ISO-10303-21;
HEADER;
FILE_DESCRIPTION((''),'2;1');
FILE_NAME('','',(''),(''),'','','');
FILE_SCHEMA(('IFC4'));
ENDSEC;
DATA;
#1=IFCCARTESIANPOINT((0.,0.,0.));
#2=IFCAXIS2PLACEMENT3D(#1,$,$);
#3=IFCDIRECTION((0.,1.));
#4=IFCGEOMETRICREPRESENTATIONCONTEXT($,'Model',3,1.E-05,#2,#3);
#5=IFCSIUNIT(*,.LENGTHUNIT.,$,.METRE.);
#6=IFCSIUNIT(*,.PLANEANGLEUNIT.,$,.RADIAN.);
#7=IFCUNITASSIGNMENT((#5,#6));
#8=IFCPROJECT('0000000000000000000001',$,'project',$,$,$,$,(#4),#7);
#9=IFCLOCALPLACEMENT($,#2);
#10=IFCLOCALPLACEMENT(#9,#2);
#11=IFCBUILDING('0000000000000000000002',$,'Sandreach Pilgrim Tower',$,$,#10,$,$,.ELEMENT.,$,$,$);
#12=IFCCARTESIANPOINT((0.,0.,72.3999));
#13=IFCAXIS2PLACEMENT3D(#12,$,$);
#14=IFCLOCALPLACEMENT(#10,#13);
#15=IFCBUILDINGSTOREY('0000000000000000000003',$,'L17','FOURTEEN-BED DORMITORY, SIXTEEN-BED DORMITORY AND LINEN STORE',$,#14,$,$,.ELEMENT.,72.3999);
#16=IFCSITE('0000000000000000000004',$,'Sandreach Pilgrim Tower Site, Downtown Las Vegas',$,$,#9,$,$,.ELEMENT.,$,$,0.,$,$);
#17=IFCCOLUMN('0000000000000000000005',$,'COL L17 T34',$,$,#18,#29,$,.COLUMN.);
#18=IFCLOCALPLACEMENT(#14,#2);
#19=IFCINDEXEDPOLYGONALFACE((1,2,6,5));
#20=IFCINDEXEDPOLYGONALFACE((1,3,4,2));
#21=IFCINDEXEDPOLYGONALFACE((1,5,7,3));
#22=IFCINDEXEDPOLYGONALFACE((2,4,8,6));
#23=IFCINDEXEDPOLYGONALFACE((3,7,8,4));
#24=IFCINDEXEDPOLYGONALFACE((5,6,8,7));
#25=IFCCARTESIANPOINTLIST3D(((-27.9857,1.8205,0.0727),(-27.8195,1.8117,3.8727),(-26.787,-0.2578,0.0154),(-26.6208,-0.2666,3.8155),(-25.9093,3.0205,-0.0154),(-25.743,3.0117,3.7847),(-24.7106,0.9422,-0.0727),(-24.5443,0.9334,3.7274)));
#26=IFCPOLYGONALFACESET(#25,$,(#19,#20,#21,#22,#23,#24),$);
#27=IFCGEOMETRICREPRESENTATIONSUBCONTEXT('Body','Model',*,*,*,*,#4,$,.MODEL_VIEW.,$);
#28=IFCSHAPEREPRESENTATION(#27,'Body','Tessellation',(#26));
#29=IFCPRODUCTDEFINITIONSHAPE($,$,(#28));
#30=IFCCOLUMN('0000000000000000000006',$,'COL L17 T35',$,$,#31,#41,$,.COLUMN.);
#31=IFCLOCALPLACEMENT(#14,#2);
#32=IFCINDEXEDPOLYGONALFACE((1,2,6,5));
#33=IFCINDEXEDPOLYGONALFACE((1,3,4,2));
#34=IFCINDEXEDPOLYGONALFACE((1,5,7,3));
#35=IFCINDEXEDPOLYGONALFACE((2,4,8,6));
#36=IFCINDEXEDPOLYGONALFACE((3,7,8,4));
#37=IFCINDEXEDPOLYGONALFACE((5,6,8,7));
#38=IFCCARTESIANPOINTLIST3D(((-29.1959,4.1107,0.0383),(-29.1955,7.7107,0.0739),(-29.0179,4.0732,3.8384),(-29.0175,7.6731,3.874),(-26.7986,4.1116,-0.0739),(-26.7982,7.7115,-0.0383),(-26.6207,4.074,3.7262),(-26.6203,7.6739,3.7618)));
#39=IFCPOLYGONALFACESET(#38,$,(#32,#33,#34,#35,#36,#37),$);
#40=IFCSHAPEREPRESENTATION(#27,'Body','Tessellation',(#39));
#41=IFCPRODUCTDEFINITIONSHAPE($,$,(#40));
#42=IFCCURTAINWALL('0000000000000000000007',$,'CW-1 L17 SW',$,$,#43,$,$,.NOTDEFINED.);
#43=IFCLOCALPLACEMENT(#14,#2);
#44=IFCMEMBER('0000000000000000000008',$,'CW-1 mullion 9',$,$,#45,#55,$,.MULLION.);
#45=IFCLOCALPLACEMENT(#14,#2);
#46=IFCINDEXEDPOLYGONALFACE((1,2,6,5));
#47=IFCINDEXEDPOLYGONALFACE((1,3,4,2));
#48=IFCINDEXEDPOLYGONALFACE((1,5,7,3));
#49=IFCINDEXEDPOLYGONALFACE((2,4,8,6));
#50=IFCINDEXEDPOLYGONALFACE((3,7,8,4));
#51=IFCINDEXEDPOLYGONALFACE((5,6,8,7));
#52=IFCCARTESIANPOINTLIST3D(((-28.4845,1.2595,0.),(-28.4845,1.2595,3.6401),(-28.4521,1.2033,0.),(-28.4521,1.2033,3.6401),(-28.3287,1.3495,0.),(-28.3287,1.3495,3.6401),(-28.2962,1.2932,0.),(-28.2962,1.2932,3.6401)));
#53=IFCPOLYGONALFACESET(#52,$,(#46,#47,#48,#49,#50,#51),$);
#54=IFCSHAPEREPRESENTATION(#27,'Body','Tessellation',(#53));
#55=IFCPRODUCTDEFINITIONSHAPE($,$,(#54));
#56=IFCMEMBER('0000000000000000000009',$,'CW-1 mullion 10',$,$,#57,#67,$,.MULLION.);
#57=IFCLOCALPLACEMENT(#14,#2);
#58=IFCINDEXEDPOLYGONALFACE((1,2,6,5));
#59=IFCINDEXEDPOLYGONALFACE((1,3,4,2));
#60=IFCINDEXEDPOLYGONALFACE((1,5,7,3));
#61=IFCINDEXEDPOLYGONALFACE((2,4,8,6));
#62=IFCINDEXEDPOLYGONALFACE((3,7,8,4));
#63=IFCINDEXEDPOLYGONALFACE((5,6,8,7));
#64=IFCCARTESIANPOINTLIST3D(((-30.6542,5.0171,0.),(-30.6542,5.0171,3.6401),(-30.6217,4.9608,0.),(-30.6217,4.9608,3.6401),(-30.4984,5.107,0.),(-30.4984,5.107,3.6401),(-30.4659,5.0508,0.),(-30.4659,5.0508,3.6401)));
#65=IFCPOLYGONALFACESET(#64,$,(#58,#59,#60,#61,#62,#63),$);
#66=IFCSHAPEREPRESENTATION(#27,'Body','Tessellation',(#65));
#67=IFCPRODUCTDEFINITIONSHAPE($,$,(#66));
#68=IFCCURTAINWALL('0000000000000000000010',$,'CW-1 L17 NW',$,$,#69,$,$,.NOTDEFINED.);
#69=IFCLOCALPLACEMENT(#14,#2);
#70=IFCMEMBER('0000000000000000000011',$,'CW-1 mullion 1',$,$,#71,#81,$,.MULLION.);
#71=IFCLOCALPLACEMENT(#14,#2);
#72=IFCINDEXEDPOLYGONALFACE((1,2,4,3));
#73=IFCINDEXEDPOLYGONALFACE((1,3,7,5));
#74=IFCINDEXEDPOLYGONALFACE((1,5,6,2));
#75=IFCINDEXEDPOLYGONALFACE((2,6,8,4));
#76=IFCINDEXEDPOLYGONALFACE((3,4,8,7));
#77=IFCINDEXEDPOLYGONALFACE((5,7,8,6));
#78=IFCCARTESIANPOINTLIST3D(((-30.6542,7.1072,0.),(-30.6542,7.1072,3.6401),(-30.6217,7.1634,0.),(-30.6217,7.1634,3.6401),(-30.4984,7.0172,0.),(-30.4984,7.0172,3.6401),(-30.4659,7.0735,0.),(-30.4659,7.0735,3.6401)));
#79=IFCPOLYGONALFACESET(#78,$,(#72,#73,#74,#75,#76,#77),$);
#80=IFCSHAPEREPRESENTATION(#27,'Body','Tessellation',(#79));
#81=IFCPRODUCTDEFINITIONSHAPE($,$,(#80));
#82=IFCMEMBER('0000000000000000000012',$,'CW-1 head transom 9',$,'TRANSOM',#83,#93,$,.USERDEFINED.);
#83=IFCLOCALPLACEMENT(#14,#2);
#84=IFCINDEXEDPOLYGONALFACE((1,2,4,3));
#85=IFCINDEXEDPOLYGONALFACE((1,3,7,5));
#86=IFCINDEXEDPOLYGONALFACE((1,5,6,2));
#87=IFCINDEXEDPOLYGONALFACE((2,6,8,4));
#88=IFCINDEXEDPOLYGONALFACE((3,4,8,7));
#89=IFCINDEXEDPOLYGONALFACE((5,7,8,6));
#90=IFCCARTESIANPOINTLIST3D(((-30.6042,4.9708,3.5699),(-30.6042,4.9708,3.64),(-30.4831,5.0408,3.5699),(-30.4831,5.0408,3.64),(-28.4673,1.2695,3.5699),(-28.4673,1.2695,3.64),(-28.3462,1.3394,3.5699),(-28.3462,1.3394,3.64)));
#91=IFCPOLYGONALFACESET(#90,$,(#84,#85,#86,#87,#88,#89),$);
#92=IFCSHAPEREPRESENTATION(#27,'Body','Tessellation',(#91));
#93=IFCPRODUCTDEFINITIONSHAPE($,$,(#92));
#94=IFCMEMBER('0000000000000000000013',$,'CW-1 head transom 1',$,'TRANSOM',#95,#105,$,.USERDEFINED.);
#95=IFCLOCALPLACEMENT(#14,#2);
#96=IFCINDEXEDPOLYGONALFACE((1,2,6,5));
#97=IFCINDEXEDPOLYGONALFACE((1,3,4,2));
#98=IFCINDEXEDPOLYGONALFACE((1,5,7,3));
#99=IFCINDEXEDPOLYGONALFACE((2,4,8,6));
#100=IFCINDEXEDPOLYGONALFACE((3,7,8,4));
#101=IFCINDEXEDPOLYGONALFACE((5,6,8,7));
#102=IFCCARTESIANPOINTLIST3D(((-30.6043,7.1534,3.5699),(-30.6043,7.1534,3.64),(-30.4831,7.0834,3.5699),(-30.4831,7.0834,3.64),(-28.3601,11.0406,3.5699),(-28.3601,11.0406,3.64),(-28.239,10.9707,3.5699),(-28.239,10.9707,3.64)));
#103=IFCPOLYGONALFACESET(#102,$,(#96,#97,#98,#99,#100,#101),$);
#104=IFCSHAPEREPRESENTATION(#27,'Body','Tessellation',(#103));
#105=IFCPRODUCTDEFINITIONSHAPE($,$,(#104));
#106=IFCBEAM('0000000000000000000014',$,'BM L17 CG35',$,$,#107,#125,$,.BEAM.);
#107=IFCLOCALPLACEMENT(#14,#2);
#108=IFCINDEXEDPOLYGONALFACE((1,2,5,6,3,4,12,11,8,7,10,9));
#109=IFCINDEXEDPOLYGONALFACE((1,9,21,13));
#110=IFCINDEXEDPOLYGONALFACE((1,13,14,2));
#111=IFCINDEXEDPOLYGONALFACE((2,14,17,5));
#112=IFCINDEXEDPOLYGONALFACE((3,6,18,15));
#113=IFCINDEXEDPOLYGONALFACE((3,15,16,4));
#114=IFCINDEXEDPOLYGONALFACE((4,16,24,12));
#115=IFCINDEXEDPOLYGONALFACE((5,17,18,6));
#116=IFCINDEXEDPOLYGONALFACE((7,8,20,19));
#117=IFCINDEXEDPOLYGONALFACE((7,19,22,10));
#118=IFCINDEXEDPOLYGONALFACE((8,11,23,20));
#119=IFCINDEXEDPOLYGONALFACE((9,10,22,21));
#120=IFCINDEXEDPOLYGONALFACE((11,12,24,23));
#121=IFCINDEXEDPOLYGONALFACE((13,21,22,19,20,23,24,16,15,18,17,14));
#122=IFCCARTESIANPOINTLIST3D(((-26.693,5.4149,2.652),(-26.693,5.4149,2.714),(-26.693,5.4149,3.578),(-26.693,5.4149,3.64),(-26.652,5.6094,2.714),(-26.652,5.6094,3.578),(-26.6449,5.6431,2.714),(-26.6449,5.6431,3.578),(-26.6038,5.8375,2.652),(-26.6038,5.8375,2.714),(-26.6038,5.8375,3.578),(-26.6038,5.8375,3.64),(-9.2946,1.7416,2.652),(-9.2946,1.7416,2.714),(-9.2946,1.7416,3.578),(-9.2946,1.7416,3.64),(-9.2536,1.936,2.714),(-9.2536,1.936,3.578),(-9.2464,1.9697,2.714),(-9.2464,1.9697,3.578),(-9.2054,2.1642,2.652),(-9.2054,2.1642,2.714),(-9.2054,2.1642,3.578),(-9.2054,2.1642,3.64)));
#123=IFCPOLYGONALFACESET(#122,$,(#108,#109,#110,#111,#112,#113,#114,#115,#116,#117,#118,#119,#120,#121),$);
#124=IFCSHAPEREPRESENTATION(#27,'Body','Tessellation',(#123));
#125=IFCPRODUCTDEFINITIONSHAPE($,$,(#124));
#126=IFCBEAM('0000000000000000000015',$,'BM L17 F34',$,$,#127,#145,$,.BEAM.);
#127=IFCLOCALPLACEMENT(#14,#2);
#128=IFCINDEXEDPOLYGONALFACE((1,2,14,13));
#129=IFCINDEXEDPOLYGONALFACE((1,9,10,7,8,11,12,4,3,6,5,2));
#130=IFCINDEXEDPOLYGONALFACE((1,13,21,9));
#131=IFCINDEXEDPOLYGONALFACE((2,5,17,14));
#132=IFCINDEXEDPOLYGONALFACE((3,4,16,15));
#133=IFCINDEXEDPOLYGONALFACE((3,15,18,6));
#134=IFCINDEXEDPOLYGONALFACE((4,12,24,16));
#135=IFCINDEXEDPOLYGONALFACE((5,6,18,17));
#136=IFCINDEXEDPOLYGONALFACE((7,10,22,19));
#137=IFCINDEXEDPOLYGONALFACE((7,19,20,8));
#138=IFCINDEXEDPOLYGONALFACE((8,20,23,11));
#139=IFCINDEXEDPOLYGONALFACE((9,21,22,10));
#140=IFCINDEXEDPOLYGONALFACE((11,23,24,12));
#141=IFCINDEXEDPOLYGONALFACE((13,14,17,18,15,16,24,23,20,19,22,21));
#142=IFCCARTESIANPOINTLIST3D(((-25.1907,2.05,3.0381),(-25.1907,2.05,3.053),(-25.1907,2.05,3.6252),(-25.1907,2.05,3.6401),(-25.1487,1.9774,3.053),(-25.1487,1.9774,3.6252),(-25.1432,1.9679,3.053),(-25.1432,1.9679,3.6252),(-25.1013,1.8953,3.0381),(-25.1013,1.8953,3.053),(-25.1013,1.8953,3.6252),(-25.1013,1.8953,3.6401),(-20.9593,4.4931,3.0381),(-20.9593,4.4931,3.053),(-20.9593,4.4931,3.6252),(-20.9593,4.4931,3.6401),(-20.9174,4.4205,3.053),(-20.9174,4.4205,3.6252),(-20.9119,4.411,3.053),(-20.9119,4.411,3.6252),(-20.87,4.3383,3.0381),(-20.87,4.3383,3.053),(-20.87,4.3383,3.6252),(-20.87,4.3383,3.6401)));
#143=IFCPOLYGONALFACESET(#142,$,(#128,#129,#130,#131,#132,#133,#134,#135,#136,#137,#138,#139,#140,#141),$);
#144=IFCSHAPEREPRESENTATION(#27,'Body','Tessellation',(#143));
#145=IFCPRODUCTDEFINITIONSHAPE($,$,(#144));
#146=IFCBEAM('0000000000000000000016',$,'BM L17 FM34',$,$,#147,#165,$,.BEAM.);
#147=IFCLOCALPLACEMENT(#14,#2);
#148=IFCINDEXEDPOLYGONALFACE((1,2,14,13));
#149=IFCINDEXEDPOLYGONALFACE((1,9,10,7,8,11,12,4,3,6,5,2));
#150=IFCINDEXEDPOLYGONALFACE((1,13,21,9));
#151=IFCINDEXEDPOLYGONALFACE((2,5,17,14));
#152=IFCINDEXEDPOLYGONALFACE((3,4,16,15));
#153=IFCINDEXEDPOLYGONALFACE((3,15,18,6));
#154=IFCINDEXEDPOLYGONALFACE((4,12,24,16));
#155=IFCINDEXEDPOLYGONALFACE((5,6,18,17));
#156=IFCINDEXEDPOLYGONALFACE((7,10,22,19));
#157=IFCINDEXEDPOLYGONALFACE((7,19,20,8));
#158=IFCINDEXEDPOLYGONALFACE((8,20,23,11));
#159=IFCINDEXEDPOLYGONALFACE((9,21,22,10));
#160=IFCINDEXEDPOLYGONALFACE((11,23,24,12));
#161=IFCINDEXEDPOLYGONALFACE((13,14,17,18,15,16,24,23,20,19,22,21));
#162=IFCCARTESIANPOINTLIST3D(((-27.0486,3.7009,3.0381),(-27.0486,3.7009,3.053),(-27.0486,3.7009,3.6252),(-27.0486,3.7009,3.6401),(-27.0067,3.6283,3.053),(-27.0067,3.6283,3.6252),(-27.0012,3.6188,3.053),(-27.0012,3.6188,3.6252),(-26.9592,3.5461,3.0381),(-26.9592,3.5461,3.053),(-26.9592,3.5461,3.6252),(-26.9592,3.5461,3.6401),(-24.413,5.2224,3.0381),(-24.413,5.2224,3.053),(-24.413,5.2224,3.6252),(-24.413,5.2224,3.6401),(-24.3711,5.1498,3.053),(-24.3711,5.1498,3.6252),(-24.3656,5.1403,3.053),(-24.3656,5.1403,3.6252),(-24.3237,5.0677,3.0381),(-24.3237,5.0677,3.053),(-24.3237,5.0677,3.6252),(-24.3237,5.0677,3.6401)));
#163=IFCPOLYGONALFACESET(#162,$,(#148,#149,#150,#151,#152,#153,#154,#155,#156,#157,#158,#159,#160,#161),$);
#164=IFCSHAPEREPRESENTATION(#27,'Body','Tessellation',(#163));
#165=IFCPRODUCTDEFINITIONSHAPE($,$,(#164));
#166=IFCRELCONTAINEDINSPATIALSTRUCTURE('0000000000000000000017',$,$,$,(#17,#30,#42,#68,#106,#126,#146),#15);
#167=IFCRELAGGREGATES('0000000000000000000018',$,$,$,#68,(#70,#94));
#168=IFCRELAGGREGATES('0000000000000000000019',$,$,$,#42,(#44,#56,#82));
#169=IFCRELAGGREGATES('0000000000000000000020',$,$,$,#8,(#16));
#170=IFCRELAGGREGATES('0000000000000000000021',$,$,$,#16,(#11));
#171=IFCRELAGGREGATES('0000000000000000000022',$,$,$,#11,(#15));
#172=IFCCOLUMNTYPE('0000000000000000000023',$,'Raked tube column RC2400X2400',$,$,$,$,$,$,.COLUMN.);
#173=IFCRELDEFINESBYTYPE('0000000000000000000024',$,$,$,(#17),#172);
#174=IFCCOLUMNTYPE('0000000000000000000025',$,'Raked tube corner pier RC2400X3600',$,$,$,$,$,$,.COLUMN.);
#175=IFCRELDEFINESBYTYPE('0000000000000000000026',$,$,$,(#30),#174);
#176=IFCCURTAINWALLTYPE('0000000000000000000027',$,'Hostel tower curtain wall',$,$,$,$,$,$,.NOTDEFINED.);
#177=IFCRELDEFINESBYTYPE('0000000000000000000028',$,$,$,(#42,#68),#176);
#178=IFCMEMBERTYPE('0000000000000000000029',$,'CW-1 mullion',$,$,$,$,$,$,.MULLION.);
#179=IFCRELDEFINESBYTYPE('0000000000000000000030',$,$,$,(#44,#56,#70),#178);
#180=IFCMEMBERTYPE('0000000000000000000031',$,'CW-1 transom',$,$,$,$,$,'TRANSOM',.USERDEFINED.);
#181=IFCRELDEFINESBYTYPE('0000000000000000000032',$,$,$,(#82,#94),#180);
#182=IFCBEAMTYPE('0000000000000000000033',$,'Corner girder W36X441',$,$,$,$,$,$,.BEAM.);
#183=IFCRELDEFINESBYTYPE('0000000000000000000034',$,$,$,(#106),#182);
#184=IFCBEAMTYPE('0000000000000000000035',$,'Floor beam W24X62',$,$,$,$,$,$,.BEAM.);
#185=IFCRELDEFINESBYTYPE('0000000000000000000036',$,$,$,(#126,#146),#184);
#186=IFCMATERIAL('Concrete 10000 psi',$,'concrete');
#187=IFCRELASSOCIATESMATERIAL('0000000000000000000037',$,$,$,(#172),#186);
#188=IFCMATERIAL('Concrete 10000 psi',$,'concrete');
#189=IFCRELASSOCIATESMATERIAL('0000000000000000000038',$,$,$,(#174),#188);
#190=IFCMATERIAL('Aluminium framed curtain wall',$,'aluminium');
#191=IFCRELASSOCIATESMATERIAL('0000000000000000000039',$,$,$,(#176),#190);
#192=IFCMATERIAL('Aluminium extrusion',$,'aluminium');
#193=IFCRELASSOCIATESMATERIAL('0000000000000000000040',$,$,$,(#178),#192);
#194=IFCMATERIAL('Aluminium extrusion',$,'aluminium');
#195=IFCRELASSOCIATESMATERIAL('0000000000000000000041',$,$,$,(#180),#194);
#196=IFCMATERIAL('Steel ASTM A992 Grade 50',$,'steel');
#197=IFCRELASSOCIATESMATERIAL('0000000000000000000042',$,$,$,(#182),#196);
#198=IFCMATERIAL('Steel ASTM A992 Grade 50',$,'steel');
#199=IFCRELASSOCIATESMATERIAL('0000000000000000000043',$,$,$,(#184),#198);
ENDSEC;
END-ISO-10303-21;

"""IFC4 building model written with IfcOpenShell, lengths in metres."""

from ifc_helpers import new_model, si_unit, direction, frame, origin, origin_2d, place, context, subcontext, project, spatial, rectangle, i_section, extrude, material, material_profile, profile_set, type_object, element, aggregate, save


model = new_model("IFC4")

# Units and contexts
model_context = context("Model", 3, precision=1e-05, world=origin(), true_north=direction((0.0, 1.0)))
body_context = subcontext(model_context, "Body", "Model", "MODEL_VIEW")
ifc_project = project(units=[si_unit("LENGTHUNIT", "METRE"), si_unit("PLANEANGLEUNIT", "RADIAN")], contexts=[model_context])

# Site, building, storey
site_placement = place(None, origin())
site = spatial("IfcSite", under=ifc_project, at=site_placement, Name="Sandreach Pilgrim Tower Site, Downtown Las Vegas", CompositionType="ELEMENT", RefElevation=0.0)
building_placement = place(site_placement, origin())
building = spatial("IfcBuilding", under=site, at=building_placement, Name="Sandreach Pilgrim Tower", CompositionType="ELEMENT")
storey_placement = place(building_placement, frame((0.0, 0.0, 72.3999)))
storey = spatial("IfcBuildingStorey", under=building, at=storey_placement, Name="L17", Description="FOURTEEN-BED DORMITORY, SIXTEEN-BED DORMITORY AND LINEN STORE", CompositionType="ELEMENT", Elevation=72.3999)

# Columns
ifc_material_1 = material(Name="Concrete 10000 psi", Category="concrete")
ifc_material_profile_1 = material_profile(ifc_material_1, rectangle(XDim=2.3999, YDim=2.3999, at=origin_2d()), Name="RC2400X2400")
ifc_profile_set_1 = profile_set([ifc_material_profile_1], Name="Concrete 10000 psi")
column_type_1 = type_object("IfcColumnType", Name="Raked tube column RC2400X2400", PredefinedType="COLUMN", material=ifc_profile_set_1)
column_1_placement = place(storey_placement, frame((-26.3481, 1.3813, 0.0), z_axis=(0.04371, -0.002311, 0.999042), x_axis=(-0.865224, -0.500041, 0.036699)))
element("IfcColumn", 1, at=column_1_placement, inside=storey, type_object=column_type_1, Name="COL L17 T34", PredefinedType="COLUMN", context=body_context, shape_type="SweptSolid", body=[
    extrude(rectangle(XDim=2.3999, YDim=2.3999, at=origin_2d()), origin(), (0.0, 0.0, 1.0), 3.8037),
])
ifc_material_2 = material(Name="Concrete 10000 psi", Category="concrete")
ifc_material_profile_2 = material_profile(ifc_material_2, rectangle(XDim=2.3999, YDim=3.6001, at=origin_2d()), Name="RC2400X3600")
ifc_profile_set_2 = profile_set([ifc_material_profile_2], Name="Concrete 10000 psi")
column_type_2 = type_object("IfcColumnType", Name="Raked tube corner pier RC2400X3600", PredefinedType="COLUMN", material=ifc_profile_set_2)
column_2_placement = place(storey_placement, frame((-27.9971, 5.9111, 0.0), z_axis=(0.046782, -0.009883, 0.998856), x_axis=(-0.998905, -0.000352, 0.046781)))
element("IfcColumn", 2, at=column_2_placement, inside=storey, type_object=column_type_2, Name="COL L17 T35", PredefinedType="COLUMN", context=body_context, shape_type="SweptSolid", body=[
    extrude(rectangle(XDim=2.3999, YDim=3.6001, at=origin_2d()), origin(), (0.0, 0.0, 1.0), 3.8044),
])

# Curtain wall, members
ifc_material_3 = material(Name="Aluminium framed curtain wall", Category="aluminium")
curtain_wall_type = type_object("IfcCurtainWallType", Name="Hostel tower curtain wall", PredefinedType="NOTDEFINED", material=ifc_material_3)
curtain_wall_1_placement = place(storey_placement, origin())
curtain_wall_1 = element("IfcCurtainWall", 3, at=curtain_wall_1_placement, inside=storey, type_object=curtain_wall_type, Name="CW-1 L17 SW", PredefinedType="NOTDEFINED")
ifc_material_4 = material(Name="Aluminium extrusion", Category="aluminium")
ifc_material_profile_3 = material_profile(ifc_material_4, rectangle(XDim=0.0649, YDim=0.1799, at=origin_2d()), Name="CW-1M 65X180")
ifc_profile_set_3 = profile_set([ifc_material_profile_3], Name="Aluminium extrusion")
member_type_1 = type_object("IfcMemberType", Name="CW-1 mullion", PredefinedType="MULLION", material=ifc_profile_set_3)
member_1_placement = place(storey_placement, frame((-28.3904, 1.2764, 0.0), z_axis=(0.0, 0.0, 1.0), x_axis=(-0.5, 0.866025, 0.0)))
member_1 = element("IfcMember", 4, at=member_1_placement, type_object=member_type_1, Name="CW-1 mullion 9", PredefinedType="MULLION", context=body_context, shape_type="SweptSolid", body=[
    extrude(rectangle(XDim=0.0649, YDim=0.1799, at=origin_2d()), origin(), (0.0, 0.0, 1.0), 3.6401),
])
member_2_placement = place(storey_placement, frame((-30.5601, 5.0339, 0.0), z_axis=(0.0, 0.0, 1.0), x_axis=(-0.5, 0.866025, 0.0)))
member_2 = element("IfcMember", 5, at=member_2_placement, type_object=member_type_1, Name="CW-1 mullion 10", PredefinedType="MULLION", context=body_context, shape_type="SweptSolid", body=[
    extrude(rectangle(XDim=0.0649, YDim=0.1799, at=origin_2d()), origin(), (0.0, 0.0, 1.0), 3.6401),
])

# Curtain wall, member
curtain_wall_2_placement = place(storey_placement, origin())
curtain_wall_2 = element("IfcCurtainWall", 6, at=curtain_wall_2_placement, inside=storey, type_object=curtain_wall_type, Name="CW-1 L17 NW", PredefinedType="NOTDEFINED")
member_3_placement = place(storey_placement, frame((-30.5601, 7.0903, 0.0), z_axis=(0.0, 0.0, 1.0), x_axis=(0.5, 0.866025, 0.0)))
member_3 = element("IfcMember", 7, at=member_3_placement, type_object=member_type_1, Name="CW-1 mullion 1", PredefinedType="MULLION", context=body_context, shape_type="SweptSolid", body=[
    extrude(rectangle(XDim=0.0649, YDim=0.1799, at=origin_2d()), origin(), (0.0, 0.0, 1.0), 3.6401),
])

# Members
ifc_material_5 = material(Name="Aluminium extrusion", Category="aluminium")
ifc_material_profile_4 = material_profile(ifc_material_5, rectangle(XDim=0.1399, YDim=0.0701, at=origin_2d()), Name="CW-1T 140X70")
ifc_profile_set_4 = profile_set([ifc_material_profile_4], Name="Aluminium extrusion")
member_type_2 = type_object("IfcMemberType", Name="CW-1 transom", ElementType="TRANSOM", PredefinedType="USERDEFINED", material=ifc_profile_set_4)
member_4_placement = place(storey_placement, frame((-28.4067, 1.3044, 3.605), z_axis=(-0.499991, 0.866031, 0.0), x_axis=(-0.866031, -0.499991, 0.0)))
member_4 = element("IfcMember", 8, at=member_4_placement, type_object=member_type_2, Name="CW-1 head transom 9", ObjectType="TRANSOM", PredefinedType="USERDEFINED", context=body_context, shape_type="SweptSolid", body=[
    extrude(rectangle(XDim=0.1399, YDim=0.0701, at=origin_2d()), origin(), (0.0, 0.0, 1.0), 4.2739),
])
member_5_placement = place(storey_placement, frame((-30.5437, 7.1184, 3.605), z_axis=(0.499977, 0.866039, 0.0), x_axis=(-0.866039, 0.499977, 0.0)))
member_5 = element("IfcMember", 9, at=member_5_placement, type_object=member_type_2, Name="CW-1 head transom 1", ObjectType="TRANSOM", PredefinedType="USERDEFINED", context=body_context, shape_type="SweptSolid", body=[
    extrude(rectangle(XDim=0.1399, YDim=0.0701, at=origin_2d()), origin(), (0.0, 0.0, 1.0), 4.4885),
])
aggregate(curtain_wall_2, [member_3, member_5])

# Beams
ifc_material_6 = material(Name="Steel ASTM A992 Grade 50", Category="steel")
ifc_material_profile_5 = material_profile(ifc_material_6, i_section(OverallWidth=0.4319, OverallDepth=0.988, WebThickness=0.0344, FlangeThickness=0.062, at=origin_2d()), Name="W36X441")
ifc_profile_set_5 = profile_set([ifc_material_profile_5], Name="Steel ASTM A992 Grade 50")
beam_type_1 = type_object("IfcBeamType", Name="Corner girder W36X441", PredefinedType="BEAM", material=ifc_profile_set_5)
beam_1_placement = place(storey_placement, frame((-26.6484, 5.6262, 3.146), z_axis=(0.97843, -0.206576, 0.0), x_axis=(0.206576, 0.97843, 0.0)))
element("IfcBeam", 10, at=beam_1_placement, inside=storey, type_object=beam_type_1, Name="BM L17 CG35", PredefinedType="BEAM", context=body_context, shape_type="SweptSolid", body=[
    extrude(i_section(OverallWidth=0.4319, OverallDepth=0.988, WebThickness=0.0344, FlangeThickness=0.062, at=origin_2d()), origin(), (0.0, 0.0, 1.0), 17.782),
])
ifc_material_7 = material(Name="Steel ASTM A992 Grade 50", Category="steel")
ifc_material_profile_6 = material_profile(ifc_material_7, i_section(OverallWidth=0.1787, OverallDepth=0.6021, WebThickness=0.011, FlangeThickness=0.0149, at=origin_2d()), Name="W24X62")
ifc_profile_set_6 = profile_set([ifc_material_profile_6], Name="Steel ASTM A992 Grade 50")
beam_type_2 = type_object("IfcBeamType", Name="Floor beam W24X62", PredefinedType="BEAM", material=ifc_profile_set_6)
beam_2_placement = place(storey_placement, frame((-25.146, 1.9727, 3.3391), z_axis=(0.866018, 0.500014, 0.0), x_axis=(-0.500014, 0.866018, 0.0)))
element("IfcBeam", 11, at=beam_2_placement, inside=storey, type_object=beam_type_2, Name="BM L17 F34", PredefinedType="BEAM", context=body_context, shape_type="SweptSolid", body=[
    extrude(i_section(OverallWidth=0.1787, OverallDepth=0.6021, WebThickness=0.011, FlangeThickness=0.0149, at=origin_2d()), origin(), (0.0, 0.0, 1.0), 4.886),
])
beam_3_placement = place(storey_placement, frame((-27.0039, 3.6235, 3.3391), z_axis=(0.866043, 0.49997, 0.0), x_axis=(-0.49997, 0.866043, 0.0)))
element("IfcBeam", 12, at=beam_3_placement, inside=storey, type_object=beam_type_2, Name="BM L17 FM34", PredefinedType="BEAM", context=body_context, shape_type="SweptSolid", body=[
    extrude(i_section(OverallWidth=0.1787, OverallDepth=0.6021, WebThickness=0.011, FlangeThickness=0.0149, at=origin_2d()), origin(), (0.0, 0.0, 1.0), 3.0432),
])

aggregate(curtain_wall_1, [member_1, member_2, member_4])

save(model, "model.ifc")
